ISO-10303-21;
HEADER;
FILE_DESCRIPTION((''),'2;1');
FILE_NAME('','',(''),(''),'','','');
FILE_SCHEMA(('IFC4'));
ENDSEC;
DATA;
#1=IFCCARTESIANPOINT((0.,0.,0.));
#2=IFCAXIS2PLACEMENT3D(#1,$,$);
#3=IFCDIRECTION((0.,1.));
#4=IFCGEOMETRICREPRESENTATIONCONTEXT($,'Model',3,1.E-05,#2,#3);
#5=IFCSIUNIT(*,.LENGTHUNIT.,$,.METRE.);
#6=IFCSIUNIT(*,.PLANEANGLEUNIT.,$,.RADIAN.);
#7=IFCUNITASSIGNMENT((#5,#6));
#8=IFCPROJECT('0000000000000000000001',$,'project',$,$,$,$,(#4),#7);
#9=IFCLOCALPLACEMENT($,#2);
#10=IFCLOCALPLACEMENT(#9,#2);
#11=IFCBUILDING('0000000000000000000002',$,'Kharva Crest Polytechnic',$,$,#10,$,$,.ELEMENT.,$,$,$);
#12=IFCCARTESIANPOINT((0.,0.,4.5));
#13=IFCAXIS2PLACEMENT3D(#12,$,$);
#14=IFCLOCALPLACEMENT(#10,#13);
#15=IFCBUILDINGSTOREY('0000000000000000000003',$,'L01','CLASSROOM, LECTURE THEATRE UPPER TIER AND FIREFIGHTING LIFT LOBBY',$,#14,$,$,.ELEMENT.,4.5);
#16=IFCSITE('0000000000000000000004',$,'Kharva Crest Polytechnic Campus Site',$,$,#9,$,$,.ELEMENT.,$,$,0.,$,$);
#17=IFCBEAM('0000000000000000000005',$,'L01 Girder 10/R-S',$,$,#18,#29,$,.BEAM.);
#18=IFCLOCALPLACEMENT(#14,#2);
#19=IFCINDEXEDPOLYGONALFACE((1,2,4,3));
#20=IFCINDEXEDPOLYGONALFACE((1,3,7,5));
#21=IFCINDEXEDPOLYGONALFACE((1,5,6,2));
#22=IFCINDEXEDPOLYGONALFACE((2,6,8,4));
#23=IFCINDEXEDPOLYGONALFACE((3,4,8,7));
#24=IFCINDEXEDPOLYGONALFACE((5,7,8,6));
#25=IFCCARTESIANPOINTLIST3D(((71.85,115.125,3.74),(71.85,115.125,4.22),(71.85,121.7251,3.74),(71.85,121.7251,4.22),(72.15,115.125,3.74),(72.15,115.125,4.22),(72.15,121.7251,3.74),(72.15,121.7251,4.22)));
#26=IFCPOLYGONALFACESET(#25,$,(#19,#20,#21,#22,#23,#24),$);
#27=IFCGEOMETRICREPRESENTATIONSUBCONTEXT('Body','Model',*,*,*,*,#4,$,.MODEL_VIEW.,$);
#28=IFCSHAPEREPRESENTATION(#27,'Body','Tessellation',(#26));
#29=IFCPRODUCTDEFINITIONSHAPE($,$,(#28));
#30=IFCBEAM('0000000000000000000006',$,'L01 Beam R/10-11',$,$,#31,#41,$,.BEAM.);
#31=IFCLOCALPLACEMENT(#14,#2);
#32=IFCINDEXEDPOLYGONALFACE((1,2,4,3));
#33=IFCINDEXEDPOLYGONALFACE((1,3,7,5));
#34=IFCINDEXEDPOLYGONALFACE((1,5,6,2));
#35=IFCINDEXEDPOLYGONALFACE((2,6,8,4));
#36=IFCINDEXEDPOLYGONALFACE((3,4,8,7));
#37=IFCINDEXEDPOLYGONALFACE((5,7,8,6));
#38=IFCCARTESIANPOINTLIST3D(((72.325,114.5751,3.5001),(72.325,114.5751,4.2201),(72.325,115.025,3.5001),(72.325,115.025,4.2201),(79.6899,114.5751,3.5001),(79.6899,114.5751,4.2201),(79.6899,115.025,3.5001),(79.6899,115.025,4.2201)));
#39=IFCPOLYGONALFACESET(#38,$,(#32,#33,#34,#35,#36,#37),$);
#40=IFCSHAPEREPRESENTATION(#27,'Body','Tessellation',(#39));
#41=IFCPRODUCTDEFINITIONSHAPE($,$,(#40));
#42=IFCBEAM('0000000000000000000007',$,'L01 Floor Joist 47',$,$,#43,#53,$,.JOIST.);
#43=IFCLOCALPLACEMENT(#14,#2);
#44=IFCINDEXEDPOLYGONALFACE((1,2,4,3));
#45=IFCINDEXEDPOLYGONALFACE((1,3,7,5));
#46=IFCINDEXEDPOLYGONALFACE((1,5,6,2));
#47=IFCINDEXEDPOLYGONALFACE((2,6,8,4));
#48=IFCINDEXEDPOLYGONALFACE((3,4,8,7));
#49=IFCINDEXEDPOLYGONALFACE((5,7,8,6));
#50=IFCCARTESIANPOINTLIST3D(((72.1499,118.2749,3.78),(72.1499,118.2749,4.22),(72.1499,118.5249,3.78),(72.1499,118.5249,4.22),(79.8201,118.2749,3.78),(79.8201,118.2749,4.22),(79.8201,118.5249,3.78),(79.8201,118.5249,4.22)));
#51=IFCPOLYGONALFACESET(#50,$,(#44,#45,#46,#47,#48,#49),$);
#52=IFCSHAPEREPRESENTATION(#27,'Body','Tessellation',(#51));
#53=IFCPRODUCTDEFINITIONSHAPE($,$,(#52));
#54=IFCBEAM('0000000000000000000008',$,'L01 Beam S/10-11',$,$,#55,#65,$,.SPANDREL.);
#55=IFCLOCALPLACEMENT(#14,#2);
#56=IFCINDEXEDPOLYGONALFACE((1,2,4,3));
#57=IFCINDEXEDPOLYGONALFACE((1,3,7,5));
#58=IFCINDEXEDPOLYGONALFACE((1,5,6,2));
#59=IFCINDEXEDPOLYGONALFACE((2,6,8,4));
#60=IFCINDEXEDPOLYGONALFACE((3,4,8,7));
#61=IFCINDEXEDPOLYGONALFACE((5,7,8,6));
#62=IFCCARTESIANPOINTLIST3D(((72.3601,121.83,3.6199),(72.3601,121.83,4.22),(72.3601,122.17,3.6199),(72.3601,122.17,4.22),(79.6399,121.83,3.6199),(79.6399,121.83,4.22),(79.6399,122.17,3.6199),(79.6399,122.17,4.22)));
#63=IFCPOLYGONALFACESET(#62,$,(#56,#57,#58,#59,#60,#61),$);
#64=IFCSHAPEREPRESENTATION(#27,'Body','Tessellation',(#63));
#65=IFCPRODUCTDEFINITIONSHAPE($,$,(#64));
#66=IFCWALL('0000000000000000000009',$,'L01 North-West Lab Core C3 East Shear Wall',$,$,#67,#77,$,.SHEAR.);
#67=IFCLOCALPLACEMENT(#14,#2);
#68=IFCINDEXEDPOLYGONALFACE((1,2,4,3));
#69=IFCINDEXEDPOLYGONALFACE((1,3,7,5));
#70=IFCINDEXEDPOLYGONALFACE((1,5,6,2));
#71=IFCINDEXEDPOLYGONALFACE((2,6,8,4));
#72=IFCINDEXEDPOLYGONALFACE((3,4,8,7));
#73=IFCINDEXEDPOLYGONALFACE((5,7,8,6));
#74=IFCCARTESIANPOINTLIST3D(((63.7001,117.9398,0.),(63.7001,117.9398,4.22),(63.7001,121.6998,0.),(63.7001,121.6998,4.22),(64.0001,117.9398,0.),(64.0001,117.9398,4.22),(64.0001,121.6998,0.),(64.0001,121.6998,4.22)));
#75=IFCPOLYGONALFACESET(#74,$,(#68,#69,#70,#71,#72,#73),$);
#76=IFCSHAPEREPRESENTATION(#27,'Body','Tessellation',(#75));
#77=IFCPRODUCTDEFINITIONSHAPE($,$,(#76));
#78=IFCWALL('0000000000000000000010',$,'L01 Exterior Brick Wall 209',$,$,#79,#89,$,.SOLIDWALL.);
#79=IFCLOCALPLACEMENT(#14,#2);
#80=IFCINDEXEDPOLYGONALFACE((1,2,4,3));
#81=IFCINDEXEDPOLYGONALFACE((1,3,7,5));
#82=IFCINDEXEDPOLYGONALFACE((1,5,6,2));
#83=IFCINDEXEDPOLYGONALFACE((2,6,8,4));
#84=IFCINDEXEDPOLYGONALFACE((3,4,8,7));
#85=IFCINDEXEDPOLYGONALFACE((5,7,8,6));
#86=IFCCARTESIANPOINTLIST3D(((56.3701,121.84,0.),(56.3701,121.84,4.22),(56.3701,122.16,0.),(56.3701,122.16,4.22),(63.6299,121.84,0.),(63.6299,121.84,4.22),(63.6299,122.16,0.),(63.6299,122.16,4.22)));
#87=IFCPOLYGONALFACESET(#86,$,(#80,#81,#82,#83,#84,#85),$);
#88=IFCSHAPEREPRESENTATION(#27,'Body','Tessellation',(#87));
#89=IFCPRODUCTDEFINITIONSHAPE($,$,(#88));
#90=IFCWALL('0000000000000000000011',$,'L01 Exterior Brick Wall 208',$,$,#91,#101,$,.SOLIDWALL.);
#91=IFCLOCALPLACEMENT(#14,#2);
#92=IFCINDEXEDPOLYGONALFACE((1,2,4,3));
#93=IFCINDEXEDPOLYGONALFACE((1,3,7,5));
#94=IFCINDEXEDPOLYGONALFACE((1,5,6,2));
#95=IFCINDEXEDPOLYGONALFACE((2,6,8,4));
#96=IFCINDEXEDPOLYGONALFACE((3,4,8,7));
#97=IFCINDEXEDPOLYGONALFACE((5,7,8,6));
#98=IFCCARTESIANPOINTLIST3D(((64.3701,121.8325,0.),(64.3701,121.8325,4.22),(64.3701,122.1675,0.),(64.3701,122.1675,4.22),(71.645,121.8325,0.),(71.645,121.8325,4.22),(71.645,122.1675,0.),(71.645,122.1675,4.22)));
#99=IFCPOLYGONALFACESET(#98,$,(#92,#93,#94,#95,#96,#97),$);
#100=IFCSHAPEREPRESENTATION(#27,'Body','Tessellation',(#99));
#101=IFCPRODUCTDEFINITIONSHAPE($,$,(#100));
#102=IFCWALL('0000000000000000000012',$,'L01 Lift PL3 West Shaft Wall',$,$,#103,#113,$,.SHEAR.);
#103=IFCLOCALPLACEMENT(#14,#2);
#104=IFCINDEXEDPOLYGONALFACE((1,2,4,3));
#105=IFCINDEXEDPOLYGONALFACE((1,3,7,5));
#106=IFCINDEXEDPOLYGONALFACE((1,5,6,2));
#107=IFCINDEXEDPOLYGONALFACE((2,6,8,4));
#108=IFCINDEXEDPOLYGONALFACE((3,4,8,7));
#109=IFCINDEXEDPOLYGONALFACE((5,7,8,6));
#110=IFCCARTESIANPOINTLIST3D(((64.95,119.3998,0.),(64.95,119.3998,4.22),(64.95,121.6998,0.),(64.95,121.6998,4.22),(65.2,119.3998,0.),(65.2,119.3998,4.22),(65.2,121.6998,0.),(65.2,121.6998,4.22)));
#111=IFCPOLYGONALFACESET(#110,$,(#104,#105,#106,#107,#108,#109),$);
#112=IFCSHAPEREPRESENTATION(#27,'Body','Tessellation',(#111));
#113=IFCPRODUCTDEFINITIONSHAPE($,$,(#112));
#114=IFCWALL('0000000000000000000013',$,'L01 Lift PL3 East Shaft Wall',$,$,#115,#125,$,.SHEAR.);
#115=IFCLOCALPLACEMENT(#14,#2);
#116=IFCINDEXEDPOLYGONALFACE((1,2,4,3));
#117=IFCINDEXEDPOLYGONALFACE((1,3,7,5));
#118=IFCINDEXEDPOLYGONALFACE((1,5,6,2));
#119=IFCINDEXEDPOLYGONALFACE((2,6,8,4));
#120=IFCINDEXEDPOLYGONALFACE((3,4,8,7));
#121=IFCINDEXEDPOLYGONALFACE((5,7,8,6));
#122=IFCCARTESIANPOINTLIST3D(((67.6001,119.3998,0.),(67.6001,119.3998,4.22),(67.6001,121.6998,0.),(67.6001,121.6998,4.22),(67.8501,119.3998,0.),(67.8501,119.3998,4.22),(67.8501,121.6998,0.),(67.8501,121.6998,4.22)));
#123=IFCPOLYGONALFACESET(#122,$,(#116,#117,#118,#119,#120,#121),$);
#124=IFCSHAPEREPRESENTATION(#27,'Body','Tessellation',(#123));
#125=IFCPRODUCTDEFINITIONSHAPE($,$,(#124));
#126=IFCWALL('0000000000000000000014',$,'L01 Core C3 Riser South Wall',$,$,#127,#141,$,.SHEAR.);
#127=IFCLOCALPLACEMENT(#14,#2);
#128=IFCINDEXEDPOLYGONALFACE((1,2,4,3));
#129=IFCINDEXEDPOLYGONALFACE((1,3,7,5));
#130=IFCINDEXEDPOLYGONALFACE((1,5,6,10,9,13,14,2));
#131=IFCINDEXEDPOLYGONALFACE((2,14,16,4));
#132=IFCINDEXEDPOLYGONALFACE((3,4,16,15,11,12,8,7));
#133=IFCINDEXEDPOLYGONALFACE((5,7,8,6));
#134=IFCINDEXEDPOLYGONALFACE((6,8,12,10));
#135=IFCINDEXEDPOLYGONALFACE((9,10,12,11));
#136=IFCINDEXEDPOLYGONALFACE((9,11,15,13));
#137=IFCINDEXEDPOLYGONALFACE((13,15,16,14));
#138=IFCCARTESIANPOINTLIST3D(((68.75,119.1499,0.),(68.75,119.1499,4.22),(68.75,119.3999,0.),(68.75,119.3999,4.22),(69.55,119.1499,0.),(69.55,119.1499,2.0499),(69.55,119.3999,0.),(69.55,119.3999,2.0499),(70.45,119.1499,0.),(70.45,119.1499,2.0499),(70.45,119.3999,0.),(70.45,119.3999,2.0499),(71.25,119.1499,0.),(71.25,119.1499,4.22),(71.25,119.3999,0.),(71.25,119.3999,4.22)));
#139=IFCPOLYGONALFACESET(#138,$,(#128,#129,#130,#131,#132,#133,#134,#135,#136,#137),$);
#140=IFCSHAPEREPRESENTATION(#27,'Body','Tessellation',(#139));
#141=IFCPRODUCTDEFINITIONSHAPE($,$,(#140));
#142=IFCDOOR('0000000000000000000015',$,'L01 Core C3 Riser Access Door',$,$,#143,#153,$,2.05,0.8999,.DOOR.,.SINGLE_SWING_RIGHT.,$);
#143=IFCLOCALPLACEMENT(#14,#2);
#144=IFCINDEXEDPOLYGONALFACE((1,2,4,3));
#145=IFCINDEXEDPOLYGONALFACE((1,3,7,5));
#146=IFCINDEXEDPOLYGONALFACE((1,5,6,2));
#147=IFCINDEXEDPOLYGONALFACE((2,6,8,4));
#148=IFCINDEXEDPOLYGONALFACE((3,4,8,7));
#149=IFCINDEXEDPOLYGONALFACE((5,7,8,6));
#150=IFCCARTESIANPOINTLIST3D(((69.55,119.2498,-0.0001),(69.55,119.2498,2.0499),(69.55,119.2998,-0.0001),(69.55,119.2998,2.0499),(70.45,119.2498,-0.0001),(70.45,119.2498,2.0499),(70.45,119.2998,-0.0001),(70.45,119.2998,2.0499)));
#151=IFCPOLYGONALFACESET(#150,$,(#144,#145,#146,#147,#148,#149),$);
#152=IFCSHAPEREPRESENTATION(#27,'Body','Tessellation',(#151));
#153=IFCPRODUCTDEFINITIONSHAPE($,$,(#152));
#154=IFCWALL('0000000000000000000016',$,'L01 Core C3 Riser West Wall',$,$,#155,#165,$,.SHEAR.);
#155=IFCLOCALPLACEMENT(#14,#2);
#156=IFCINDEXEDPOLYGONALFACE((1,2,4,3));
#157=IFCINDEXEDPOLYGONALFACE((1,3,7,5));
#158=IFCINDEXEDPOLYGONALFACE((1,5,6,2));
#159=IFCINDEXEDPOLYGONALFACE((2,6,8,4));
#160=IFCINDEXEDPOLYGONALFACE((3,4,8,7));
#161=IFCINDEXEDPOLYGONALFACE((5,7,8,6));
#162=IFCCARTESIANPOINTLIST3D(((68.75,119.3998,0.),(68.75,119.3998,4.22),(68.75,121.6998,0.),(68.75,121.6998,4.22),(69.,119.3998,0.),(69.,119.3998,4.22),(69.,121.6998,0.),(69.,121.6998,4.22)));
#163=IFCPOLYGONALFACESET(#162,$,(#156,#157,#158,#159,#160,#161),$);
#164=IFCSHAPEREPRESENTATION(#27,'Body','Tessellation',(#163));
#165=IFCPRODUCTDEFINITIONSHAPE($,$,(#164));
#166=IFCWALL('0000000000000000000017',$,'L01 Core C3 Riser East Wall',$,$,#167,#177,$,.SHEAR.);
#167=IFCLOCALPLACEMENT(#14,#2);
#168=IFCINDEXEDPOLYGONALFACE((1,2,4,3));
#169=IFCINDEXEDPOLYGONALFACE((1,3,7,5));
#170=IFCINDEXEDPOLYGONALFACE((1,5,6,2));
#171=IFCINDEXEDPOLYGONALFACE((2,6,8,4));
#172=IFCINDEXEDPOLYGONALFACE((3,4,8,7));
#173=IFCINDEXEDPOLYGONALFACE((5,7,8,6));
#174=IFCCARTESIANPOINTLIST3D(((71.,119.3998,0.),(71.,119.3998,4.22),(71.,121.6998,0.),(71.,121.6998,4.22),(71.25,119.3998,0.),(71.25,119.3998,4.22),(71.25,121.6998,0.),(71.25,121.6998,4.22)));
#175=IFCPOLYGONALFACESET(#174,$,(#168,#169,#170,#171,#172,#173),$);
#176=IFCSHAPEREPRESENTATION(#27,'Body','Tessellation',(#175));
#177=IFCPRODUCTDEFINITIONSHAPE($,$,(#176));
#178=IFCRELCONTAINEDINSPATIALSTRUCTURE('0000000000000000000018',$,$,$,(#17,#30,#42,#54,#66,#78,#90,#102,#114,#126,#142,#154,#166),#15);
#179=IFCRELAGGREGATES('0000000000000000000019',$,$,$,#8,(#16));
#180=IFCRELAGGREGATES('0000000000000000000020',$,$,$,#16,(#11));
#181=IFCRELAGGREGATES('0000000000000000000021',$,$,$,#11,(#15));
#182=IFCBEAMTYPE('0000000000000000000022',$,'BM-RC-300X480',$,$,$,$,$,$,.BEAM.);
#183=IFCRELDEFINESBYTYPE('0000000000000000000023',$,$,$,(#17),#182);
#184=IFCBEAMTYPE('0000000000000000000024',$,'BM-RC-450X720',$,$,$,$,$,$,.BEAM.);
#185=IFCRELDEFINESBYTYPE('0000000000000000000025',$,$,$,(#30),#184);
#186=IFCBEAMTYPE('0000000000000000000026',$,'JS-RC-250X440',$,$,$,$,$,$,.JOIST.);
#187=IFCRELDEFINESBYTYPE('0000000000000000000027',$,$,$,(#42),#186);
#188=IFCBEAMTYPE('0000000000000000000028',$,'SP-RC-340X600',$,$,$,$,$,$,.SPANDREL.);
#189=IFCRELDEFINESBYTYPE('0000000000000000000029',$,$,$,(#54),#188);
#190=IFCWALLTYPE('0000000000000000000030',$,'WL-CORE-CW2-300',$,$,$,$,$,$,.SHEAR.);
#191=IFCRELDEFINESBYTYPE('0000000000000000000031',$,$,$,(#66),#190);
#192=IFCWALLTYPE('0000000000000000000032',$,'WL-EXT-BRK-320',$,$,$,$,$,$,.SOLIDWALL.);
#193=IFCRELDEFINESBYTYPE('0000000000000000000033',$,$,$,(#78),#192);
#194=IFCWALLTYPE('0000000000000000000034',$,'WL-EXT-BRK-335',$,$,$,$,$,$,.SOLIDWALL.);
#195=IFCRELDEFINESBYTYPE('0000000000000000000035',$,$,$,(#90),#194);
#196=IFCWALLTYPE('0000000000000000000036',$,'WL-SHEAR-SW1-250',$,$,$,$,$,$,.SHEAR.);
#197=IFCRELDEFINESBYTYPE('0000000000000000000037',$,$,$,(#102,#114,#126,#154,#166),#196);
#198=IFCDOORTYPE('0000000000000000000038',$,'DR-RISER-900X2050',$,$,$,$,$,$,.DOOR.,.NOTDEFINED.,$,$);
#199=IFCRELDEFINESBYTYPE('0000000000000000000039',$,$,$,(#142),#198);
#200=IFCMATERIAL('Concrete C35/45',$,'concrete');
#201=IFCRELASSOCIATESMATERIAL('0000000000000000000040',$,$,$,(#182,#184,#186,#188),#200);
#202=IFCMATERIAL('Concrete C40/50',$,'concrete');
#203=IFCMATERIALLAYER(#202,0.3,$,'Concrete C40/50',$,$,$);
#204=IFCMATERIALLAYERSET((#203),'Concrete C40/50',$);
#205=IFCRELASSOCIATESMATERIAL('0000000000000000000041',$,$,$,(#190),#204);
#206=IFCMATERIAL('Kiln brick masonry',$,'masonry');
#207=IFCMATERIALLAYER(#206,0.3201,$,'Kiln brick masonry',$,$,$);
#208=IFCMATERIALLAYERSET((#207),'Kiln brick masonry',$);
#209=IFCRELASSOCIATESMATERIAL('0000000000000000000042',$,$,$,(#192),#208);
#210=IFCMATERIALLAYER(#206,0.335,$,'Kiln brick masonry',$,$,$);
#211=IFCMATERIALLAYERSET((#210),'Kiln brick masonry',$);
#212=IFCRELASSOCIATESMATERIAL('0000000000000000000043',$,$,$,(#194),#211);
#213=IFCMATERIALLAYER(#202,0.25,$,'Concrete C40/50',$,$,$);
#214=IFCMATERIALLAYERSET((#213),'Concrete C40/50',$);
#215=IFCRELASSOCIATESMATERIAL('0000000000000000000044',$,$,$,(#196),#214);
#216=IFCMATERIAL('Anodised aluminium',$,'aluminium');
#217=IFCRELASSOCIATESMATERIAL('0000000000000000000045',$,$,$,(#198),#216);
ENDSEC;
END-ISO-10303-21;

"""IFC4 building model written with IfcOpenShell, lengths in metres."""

from ifc_helpers import new_model, si_unit, direction, frame, frame_2d, origin, origin_2d, place, context, subcontext, project, spatial, rectangle, extrude, material, layer, layer_set, material_profile, profile_set, type_object, element, fill, save


model = new_model("IFC4")

# Units and contexts
model_context = context("Model", 3, precision=1e-05, world=origin(), true_north=direction((0.0, 1.0)))
body_context = subcontext(model_context, "Body", "Model", "MODEL_VIEW")
ifc_project = project(units=[si_unit("LENGTHUNIT", "METRE"), si_unit("PLANEANGLEUNIT", "RADIAN")], contexts=[model_context])

# Site, building, storey
site_placement = place(None, origin())
site = spatial("IfcSite", under=ifc_project, at=site_placement, Name="Kharva Crest Polytechnic Campus Site", CompositionType="ELEMENT", RefElevation=0.0)
building_placement = place(site_placement, origin())
building = spatial("IfcBuilding", under=site, at=building_placement, Name="Kharva Crest Polytechnic", CompositionType="ELEMENT")
storey_placement = place(building_placement, frame((0.0, 0.0, 4.5)))
storey = spatial("IfcBuildingStorey", under=building, at=storey_placement, Name="L01", Description="CLASSROOM, LECTURE THEATRE UPPER TIER AND FIREFIGHTING LIFT LOBBY", CompositionType="ELEMENT", Elevation=4.5)

# Shared definitions
ifc_material_1 = material(Name="Concrete C40/50", Category="concrete")

# Beams
ifc_material_2 = material(Name="Concrete C35/45", Category="concrete")
ifc_material_profile_1 = material_profile(ifc_material_2, rectangle(XDim=0.3, YDim=0.48, at=origin_2d()), Name="RECT 300 X 480")
ifc_profile_set_1 = profile_set([ifc_material_profile_1], Name="Concrete C35/45")
beam_type_1 = type_object("IfcBeamType", Name="BM-RC-300X480", PredefinedType="BEAM", material=ifc_profile_set_1)
beam_1_placement = place(storey_placement, frame((72.0, 115.125, 3.98), z_axis=(0.0, 1.0, 0.0), x_axis=(-1.0, 0.0, 0.0)))
element("IfcBeam", 1, at=beam_1_placement, inside=storey, type_object=beam_type_1, Name="L01 Girder 10/R-S", PredefinedType="BEAM", context=body_context, shape_type="SweptSolid", body=[
    extrude(rectangle(XDim=0.3, YDim=0.48, at=origin_2d()), origin(), (0.0, 0.0, 1.0), 6.6001),
])
ifc_material_profile_2 = material_profile(ifc_material_2, rectangle(XDim=0.45, YDim=0.72, at=origin_2d()), Name="RECT 450 X 720")
ifc_profile_set_2 = profile_set([ifc_material_profile_2], Name="Concrete C35/45")
beam_type_2 = type_object("IfcBeamType", Name="BM-RC-450X720", PredefinedType="BEAM", material=ifc_profile_set_2)
beam_2_placement = place(storey_placement, frame((72.325, 114.8, 3.8601), z_axis=(1.0, 0.0, 0.0), x_axis=(0.0, 1.0, 0.0)))
element("IfcBeam", 2, at=beam_2_placement, inside=storey, type_object=beam_type_2, Name="L01 Beam R/10-11", PredefinedType="BEAM", context=body_context, shape_type="SweptSolid", body=[
    extrude(rectangle(XDim=0.45, YDim=0.72, at=origin_2d()), origin(), (0.0, 0.0, 1.0), 7.365),
])
ifc_material_profile_3 = material_profile(ifc_material_2, rectangle(XDim=0.25, YDim=0.4399, at=origin_2d()), Name="RECT 250 X 440")
ifc_profile_set_3 = profile_set([ifc_material_profile_3], Name="Concrete C35/45")
beam_type_3 = type_object("IfcBeamType", Name="JS-RC-250X440", PredefinedType="JOIST", material=ifc_profile_set_3)
beam_3_placement = place(storey_placement, frame((72.1499, 118.3999, 4.0), z_axis=(1.0, 0.0, 0.0), x_axis=(0.0, 1.0, 0.0)))
element("IfcBeam", 3, at=beam_3_placement, inside=storey, type_object=beam_type_3, Name="L01 Floor Joist 47", PredefinedType="JOIST", context=body_context, shape_type="SweptSolid", body=[
    extrude(rectangle(XDim=0.25, YDim=0.4399, at=origin_2d()), origin(), (0.0, 0.0, 1.0), 7.6702),
])
ifc_material_profile_4 = material_profile(ifc_material_2, rectangle(XDim=0.3401, YDim=0.6001, at=origin_2d()), Name="RECT 340 X 600")
ifc_profile_set_4 = profile_set([ifc_material_profile_4], Name="Concrete C35/45")
beam_type_4 = type_object("IfcBeamType", Name="SP-RC-340X600", PredefinedType="SPANDREL", material=ifc_profile_set_4)
beam_4_placement = place(storey_placement, frame((72.3601, 122.0, 3.9199), z_axis=(1.0, 0.0, 0.0), x_axis=(0.0, 1.0, 0.0)))
element("IfcBeam", 4, at=beam_4_placement, inside=storey, type_object=beam_type_4, Name="L01 Beam S/10-11", PredefinedType="SPANDREL", context=body_context, shape_type="SweptSolid", body=[
    extrude(rectangle(XDim=0.3401, YDim=0.6001, at=origin_2d()), origin(), (0.0, 0.0, 1.0), 7.2798),
])

# Walls
ifc_layer_1 = layer(ifc_material_1, 0.3, Name="Concrete C40/50")
ifc_layer_set_1 = layer_set([ifc_layer_1], Name="Concrete C40/50")
wall_type_1 = type_object("IfcWallType", Name="WL-CORE-CW2-300", PredefinedType="SHEAR", material=ifc_layer_set_1)
wall_1_placement = place(storey_placement, frame((63.8501, 117.9399, 0.0), z_axis=(0.0, 0.0, 1.0), x_axis=(0.0, 1.0, 0.0)))
element("IfcWall", 5, at=wall_1_placement, inside=storey, type_object=wall_type_1, Name="L01 North-West Lab Core C3 East Shear Wall", PredefinedType="SHEAR", context=body_context, shape_type="SweptSolid", body=[
    extrude(rectangle(XDim=3.76, YDim=0.3, at=frame_2d((1.8799, 0.0))), origin(), (0.0, 0.0, 1.0), 4.22),
])
ifc_material_3 = material(Name="Kiln brick masonry", Category="masonry")
ifc_layer_2 = layer(ifc_material_3, 0.3201, Name="Kiln brick masonry")
ifc_layer_set_2 = layer_set([ifc_layer_2], Name="Kiln brick masonry")
wall_type_2 = type_object("IfcWallType", Name="WL-EXT-BRK-320", PredefinedType="SOLIDWALL", material=ifc_layer_set_2)
wall_2_placement = place(storey_placement, frame((63.6299, 122.0, 0.0), z_axis=(0.0, 0.0, 1.0), x_axis=(-1.0, 0.0, 0.0)))
element("IfcWall", 6, at=wall_2_placement, inside=storey, type_object=wall_type_2, Name="L01 Exterior Brick Wall 209", PredefinedType="SOLIDWALL", context=body_context, shape_type="SweptSolid", body=[
    extrude(rectangle(XDim=7.2598, YDim=0.3201, at=frame_2d((3.6299, 0.0))), origin(), (0.0, 0.0, 1.0), 4.22),
])
ifc_layer_3 = layer(ifc_material_3, 0.335, Name="Kiln brick masonry")
ifc_layer_set_3 = layer_set([ifc_layer_3], Name="Kiln brick masonry")
wall_type_3 = type_object("IfcWallType", Name="WL-EXT-BRK-335", PredefinedType="SOLIDWALL", material=ifc_layer_set_3)
wall_3_placement = place(storey_placement, frame((71.645, 122.0, 0.0), z_axis=(0.0, 0.0, 1.0), x_axis=(-1.0, 0.0, 0.0)))
element("IfcWall", 7, at=wall_3_placement, inside=storey, type_object=wall_type_3, Name="L01 Exterior Brick Wall 208", PredefinedType="SOLIDWALL", context=body_context, shape_type="SweptSolid", body=[
    extrude(rectangle(XDim=7.2749, YDim=0.335, at=frame_2d((3.6375, 0.0))), origin(), (0.0, 0.0, 1.0), 4.22),
])

# Shared definitions
ifc_layer_4 = layer(ifc_material_1, 0.25, Name="Concrete C40/50")
ifc_layer_set_4 = layer_set([ifc_layer_4], Name="Concrete C40/50")
wall_type_4 = type_object("IfcWallType", Name="WL-SHEAR-SW1-250", PredefinedType="SHEAR", material=ifc_layer_set_4)
ifc_material_4 = material(Name="Anodised aluminium", Category="aluminium")

# Walls
for number, where, z_axis, x_axis, name in (
    (8, (65.075, 119.3999, 0.0), (0.0, 0.0, 1.0), (0.0, 1.0, 0.0), "L01 Lift PL3 West Shaft Wall"),
    (9, (67.7251, 119.3999, 0.0), (0.0, 0.0, 1.0), (0.0, 1.0, 0.0), "L01 Lift PL3 East Shaft Wall"),
):
    element("IfcWall", number, at=place(storey_placement, frame(where, z_axis=z_axis, x_axis=x_axis)), inside=storey, type_object=wall_type_4, Name=name, PredefinedType="SHEAR", context=body_context, shape_type="SweptSolid", body=[
        extrude(rectangle(XDim=2.3, YDim=0.25, at=frame_2d((1.1499, 0.0))), origin(), (0.0, 0.0, 1.0), 4.22),
    ])

# Wall, opening, door
wall_4_placement = place(storey_placement, frame((68.75, 119.2749, 0.0), z_axis=(0.0, 0.0, 1.0), x_axis=(1.0, 0.0, 0.0)))
wall_4 = element("IfcWall", 10, at=wall_4_placement, inside=storey, type_object=wall_type_4, Name="L01 Core C3 Riser South Wall", PredefinedType="SHEAR", context=body_context, shape_type="SweptSolid", body=[
    extrude(rectangle(XDim=2.5, YDim=0.25, at=frame_2d((1.25, 0.0))), origin(), (0.0, 0.0, 1.0), 4.22),
])
opening_1_placement = place(wall_4_placement, frame((0.8, 0.0, 0.0)))
opening_1 = element("IfcOpeningElement", 11, at=opening_1_placement, cuts=wall_4, PredefinedType="OPENING", context=body_context, shape_type="SweptSolid", body=[
    extrude(rectangle(XDim=0.8999, YDim=2.05, at=frame_2d((0.45, 1.0249))), frame((0.0, 0.135, 0.0), z_axis=(0.0, -1.0, 0.0), x_axis=(1.0, 0.0, 0.0)), (0.0, 0.0, 1.0), 0.27),
])
door_type_1 = type_object("IfcDoorType", Name="DR-RISER-900X2050", OperationType="NOTDEFINED", PredefinedType="DOOR", material=ifc_material_4)
door_1_placement = place(opening_1_placement, origin())
door_1 = element("IfcDoor", 12, at=door_1_placement, inside=storey, type_object=door_type_1, Name="L01 Core C3 Riser Access Door", OperationType="SINGLE_SWING_RIGHT", OverallHeight=2.05, OverallWidth=0.8999, PredefinedType="DOOR", context=body_context, shape_type="SweptSolid", body=[
    extrude(rectangle(XDim=0.8999, YDim=2.05, at=frame_2d((0.45, 1.0249))), frame((0.0, 0.0249, 0.0), z_axis=(0.0, -1.0, 0.0), x_axis=(1.0, 0.0, 0.0)), (0.0, 0.0, 1.0), 0.05),
])
fill(opening_1, door_1)

# Walls
for number, where, z_axis, x_axis, name in (
    (13, (68.875, 119.3999, 0.0), (0.0, 0.0, 1.0), (0.0, 1.0, 0.0), "L01 Core C3 Riser West Wall"),
    (14, (71.125, 119.3999, 0.0), (0.0, 0.0, 1.0), (0.0, 1.0, 0.0), "L01 Core C3 Riser East Wall"),
):
    element("IfcWall", number, at=place(storey_placement, frame(where, z_axis=z_axis, x_axis=x_axis)), inside=storey, type_object=wall_type_4, Name=name, PredefinedType="SHEAR", context=body_context, shape_type="SweptSolid", body=[
        extrude(rectangle(XDim=2.3, YDim=0.25, at=frame_2d((1.1499, 0.0))), origin(), (0.0, 0.0, 1.0), 4.22),
    ])

save(model, "model.ifc")
